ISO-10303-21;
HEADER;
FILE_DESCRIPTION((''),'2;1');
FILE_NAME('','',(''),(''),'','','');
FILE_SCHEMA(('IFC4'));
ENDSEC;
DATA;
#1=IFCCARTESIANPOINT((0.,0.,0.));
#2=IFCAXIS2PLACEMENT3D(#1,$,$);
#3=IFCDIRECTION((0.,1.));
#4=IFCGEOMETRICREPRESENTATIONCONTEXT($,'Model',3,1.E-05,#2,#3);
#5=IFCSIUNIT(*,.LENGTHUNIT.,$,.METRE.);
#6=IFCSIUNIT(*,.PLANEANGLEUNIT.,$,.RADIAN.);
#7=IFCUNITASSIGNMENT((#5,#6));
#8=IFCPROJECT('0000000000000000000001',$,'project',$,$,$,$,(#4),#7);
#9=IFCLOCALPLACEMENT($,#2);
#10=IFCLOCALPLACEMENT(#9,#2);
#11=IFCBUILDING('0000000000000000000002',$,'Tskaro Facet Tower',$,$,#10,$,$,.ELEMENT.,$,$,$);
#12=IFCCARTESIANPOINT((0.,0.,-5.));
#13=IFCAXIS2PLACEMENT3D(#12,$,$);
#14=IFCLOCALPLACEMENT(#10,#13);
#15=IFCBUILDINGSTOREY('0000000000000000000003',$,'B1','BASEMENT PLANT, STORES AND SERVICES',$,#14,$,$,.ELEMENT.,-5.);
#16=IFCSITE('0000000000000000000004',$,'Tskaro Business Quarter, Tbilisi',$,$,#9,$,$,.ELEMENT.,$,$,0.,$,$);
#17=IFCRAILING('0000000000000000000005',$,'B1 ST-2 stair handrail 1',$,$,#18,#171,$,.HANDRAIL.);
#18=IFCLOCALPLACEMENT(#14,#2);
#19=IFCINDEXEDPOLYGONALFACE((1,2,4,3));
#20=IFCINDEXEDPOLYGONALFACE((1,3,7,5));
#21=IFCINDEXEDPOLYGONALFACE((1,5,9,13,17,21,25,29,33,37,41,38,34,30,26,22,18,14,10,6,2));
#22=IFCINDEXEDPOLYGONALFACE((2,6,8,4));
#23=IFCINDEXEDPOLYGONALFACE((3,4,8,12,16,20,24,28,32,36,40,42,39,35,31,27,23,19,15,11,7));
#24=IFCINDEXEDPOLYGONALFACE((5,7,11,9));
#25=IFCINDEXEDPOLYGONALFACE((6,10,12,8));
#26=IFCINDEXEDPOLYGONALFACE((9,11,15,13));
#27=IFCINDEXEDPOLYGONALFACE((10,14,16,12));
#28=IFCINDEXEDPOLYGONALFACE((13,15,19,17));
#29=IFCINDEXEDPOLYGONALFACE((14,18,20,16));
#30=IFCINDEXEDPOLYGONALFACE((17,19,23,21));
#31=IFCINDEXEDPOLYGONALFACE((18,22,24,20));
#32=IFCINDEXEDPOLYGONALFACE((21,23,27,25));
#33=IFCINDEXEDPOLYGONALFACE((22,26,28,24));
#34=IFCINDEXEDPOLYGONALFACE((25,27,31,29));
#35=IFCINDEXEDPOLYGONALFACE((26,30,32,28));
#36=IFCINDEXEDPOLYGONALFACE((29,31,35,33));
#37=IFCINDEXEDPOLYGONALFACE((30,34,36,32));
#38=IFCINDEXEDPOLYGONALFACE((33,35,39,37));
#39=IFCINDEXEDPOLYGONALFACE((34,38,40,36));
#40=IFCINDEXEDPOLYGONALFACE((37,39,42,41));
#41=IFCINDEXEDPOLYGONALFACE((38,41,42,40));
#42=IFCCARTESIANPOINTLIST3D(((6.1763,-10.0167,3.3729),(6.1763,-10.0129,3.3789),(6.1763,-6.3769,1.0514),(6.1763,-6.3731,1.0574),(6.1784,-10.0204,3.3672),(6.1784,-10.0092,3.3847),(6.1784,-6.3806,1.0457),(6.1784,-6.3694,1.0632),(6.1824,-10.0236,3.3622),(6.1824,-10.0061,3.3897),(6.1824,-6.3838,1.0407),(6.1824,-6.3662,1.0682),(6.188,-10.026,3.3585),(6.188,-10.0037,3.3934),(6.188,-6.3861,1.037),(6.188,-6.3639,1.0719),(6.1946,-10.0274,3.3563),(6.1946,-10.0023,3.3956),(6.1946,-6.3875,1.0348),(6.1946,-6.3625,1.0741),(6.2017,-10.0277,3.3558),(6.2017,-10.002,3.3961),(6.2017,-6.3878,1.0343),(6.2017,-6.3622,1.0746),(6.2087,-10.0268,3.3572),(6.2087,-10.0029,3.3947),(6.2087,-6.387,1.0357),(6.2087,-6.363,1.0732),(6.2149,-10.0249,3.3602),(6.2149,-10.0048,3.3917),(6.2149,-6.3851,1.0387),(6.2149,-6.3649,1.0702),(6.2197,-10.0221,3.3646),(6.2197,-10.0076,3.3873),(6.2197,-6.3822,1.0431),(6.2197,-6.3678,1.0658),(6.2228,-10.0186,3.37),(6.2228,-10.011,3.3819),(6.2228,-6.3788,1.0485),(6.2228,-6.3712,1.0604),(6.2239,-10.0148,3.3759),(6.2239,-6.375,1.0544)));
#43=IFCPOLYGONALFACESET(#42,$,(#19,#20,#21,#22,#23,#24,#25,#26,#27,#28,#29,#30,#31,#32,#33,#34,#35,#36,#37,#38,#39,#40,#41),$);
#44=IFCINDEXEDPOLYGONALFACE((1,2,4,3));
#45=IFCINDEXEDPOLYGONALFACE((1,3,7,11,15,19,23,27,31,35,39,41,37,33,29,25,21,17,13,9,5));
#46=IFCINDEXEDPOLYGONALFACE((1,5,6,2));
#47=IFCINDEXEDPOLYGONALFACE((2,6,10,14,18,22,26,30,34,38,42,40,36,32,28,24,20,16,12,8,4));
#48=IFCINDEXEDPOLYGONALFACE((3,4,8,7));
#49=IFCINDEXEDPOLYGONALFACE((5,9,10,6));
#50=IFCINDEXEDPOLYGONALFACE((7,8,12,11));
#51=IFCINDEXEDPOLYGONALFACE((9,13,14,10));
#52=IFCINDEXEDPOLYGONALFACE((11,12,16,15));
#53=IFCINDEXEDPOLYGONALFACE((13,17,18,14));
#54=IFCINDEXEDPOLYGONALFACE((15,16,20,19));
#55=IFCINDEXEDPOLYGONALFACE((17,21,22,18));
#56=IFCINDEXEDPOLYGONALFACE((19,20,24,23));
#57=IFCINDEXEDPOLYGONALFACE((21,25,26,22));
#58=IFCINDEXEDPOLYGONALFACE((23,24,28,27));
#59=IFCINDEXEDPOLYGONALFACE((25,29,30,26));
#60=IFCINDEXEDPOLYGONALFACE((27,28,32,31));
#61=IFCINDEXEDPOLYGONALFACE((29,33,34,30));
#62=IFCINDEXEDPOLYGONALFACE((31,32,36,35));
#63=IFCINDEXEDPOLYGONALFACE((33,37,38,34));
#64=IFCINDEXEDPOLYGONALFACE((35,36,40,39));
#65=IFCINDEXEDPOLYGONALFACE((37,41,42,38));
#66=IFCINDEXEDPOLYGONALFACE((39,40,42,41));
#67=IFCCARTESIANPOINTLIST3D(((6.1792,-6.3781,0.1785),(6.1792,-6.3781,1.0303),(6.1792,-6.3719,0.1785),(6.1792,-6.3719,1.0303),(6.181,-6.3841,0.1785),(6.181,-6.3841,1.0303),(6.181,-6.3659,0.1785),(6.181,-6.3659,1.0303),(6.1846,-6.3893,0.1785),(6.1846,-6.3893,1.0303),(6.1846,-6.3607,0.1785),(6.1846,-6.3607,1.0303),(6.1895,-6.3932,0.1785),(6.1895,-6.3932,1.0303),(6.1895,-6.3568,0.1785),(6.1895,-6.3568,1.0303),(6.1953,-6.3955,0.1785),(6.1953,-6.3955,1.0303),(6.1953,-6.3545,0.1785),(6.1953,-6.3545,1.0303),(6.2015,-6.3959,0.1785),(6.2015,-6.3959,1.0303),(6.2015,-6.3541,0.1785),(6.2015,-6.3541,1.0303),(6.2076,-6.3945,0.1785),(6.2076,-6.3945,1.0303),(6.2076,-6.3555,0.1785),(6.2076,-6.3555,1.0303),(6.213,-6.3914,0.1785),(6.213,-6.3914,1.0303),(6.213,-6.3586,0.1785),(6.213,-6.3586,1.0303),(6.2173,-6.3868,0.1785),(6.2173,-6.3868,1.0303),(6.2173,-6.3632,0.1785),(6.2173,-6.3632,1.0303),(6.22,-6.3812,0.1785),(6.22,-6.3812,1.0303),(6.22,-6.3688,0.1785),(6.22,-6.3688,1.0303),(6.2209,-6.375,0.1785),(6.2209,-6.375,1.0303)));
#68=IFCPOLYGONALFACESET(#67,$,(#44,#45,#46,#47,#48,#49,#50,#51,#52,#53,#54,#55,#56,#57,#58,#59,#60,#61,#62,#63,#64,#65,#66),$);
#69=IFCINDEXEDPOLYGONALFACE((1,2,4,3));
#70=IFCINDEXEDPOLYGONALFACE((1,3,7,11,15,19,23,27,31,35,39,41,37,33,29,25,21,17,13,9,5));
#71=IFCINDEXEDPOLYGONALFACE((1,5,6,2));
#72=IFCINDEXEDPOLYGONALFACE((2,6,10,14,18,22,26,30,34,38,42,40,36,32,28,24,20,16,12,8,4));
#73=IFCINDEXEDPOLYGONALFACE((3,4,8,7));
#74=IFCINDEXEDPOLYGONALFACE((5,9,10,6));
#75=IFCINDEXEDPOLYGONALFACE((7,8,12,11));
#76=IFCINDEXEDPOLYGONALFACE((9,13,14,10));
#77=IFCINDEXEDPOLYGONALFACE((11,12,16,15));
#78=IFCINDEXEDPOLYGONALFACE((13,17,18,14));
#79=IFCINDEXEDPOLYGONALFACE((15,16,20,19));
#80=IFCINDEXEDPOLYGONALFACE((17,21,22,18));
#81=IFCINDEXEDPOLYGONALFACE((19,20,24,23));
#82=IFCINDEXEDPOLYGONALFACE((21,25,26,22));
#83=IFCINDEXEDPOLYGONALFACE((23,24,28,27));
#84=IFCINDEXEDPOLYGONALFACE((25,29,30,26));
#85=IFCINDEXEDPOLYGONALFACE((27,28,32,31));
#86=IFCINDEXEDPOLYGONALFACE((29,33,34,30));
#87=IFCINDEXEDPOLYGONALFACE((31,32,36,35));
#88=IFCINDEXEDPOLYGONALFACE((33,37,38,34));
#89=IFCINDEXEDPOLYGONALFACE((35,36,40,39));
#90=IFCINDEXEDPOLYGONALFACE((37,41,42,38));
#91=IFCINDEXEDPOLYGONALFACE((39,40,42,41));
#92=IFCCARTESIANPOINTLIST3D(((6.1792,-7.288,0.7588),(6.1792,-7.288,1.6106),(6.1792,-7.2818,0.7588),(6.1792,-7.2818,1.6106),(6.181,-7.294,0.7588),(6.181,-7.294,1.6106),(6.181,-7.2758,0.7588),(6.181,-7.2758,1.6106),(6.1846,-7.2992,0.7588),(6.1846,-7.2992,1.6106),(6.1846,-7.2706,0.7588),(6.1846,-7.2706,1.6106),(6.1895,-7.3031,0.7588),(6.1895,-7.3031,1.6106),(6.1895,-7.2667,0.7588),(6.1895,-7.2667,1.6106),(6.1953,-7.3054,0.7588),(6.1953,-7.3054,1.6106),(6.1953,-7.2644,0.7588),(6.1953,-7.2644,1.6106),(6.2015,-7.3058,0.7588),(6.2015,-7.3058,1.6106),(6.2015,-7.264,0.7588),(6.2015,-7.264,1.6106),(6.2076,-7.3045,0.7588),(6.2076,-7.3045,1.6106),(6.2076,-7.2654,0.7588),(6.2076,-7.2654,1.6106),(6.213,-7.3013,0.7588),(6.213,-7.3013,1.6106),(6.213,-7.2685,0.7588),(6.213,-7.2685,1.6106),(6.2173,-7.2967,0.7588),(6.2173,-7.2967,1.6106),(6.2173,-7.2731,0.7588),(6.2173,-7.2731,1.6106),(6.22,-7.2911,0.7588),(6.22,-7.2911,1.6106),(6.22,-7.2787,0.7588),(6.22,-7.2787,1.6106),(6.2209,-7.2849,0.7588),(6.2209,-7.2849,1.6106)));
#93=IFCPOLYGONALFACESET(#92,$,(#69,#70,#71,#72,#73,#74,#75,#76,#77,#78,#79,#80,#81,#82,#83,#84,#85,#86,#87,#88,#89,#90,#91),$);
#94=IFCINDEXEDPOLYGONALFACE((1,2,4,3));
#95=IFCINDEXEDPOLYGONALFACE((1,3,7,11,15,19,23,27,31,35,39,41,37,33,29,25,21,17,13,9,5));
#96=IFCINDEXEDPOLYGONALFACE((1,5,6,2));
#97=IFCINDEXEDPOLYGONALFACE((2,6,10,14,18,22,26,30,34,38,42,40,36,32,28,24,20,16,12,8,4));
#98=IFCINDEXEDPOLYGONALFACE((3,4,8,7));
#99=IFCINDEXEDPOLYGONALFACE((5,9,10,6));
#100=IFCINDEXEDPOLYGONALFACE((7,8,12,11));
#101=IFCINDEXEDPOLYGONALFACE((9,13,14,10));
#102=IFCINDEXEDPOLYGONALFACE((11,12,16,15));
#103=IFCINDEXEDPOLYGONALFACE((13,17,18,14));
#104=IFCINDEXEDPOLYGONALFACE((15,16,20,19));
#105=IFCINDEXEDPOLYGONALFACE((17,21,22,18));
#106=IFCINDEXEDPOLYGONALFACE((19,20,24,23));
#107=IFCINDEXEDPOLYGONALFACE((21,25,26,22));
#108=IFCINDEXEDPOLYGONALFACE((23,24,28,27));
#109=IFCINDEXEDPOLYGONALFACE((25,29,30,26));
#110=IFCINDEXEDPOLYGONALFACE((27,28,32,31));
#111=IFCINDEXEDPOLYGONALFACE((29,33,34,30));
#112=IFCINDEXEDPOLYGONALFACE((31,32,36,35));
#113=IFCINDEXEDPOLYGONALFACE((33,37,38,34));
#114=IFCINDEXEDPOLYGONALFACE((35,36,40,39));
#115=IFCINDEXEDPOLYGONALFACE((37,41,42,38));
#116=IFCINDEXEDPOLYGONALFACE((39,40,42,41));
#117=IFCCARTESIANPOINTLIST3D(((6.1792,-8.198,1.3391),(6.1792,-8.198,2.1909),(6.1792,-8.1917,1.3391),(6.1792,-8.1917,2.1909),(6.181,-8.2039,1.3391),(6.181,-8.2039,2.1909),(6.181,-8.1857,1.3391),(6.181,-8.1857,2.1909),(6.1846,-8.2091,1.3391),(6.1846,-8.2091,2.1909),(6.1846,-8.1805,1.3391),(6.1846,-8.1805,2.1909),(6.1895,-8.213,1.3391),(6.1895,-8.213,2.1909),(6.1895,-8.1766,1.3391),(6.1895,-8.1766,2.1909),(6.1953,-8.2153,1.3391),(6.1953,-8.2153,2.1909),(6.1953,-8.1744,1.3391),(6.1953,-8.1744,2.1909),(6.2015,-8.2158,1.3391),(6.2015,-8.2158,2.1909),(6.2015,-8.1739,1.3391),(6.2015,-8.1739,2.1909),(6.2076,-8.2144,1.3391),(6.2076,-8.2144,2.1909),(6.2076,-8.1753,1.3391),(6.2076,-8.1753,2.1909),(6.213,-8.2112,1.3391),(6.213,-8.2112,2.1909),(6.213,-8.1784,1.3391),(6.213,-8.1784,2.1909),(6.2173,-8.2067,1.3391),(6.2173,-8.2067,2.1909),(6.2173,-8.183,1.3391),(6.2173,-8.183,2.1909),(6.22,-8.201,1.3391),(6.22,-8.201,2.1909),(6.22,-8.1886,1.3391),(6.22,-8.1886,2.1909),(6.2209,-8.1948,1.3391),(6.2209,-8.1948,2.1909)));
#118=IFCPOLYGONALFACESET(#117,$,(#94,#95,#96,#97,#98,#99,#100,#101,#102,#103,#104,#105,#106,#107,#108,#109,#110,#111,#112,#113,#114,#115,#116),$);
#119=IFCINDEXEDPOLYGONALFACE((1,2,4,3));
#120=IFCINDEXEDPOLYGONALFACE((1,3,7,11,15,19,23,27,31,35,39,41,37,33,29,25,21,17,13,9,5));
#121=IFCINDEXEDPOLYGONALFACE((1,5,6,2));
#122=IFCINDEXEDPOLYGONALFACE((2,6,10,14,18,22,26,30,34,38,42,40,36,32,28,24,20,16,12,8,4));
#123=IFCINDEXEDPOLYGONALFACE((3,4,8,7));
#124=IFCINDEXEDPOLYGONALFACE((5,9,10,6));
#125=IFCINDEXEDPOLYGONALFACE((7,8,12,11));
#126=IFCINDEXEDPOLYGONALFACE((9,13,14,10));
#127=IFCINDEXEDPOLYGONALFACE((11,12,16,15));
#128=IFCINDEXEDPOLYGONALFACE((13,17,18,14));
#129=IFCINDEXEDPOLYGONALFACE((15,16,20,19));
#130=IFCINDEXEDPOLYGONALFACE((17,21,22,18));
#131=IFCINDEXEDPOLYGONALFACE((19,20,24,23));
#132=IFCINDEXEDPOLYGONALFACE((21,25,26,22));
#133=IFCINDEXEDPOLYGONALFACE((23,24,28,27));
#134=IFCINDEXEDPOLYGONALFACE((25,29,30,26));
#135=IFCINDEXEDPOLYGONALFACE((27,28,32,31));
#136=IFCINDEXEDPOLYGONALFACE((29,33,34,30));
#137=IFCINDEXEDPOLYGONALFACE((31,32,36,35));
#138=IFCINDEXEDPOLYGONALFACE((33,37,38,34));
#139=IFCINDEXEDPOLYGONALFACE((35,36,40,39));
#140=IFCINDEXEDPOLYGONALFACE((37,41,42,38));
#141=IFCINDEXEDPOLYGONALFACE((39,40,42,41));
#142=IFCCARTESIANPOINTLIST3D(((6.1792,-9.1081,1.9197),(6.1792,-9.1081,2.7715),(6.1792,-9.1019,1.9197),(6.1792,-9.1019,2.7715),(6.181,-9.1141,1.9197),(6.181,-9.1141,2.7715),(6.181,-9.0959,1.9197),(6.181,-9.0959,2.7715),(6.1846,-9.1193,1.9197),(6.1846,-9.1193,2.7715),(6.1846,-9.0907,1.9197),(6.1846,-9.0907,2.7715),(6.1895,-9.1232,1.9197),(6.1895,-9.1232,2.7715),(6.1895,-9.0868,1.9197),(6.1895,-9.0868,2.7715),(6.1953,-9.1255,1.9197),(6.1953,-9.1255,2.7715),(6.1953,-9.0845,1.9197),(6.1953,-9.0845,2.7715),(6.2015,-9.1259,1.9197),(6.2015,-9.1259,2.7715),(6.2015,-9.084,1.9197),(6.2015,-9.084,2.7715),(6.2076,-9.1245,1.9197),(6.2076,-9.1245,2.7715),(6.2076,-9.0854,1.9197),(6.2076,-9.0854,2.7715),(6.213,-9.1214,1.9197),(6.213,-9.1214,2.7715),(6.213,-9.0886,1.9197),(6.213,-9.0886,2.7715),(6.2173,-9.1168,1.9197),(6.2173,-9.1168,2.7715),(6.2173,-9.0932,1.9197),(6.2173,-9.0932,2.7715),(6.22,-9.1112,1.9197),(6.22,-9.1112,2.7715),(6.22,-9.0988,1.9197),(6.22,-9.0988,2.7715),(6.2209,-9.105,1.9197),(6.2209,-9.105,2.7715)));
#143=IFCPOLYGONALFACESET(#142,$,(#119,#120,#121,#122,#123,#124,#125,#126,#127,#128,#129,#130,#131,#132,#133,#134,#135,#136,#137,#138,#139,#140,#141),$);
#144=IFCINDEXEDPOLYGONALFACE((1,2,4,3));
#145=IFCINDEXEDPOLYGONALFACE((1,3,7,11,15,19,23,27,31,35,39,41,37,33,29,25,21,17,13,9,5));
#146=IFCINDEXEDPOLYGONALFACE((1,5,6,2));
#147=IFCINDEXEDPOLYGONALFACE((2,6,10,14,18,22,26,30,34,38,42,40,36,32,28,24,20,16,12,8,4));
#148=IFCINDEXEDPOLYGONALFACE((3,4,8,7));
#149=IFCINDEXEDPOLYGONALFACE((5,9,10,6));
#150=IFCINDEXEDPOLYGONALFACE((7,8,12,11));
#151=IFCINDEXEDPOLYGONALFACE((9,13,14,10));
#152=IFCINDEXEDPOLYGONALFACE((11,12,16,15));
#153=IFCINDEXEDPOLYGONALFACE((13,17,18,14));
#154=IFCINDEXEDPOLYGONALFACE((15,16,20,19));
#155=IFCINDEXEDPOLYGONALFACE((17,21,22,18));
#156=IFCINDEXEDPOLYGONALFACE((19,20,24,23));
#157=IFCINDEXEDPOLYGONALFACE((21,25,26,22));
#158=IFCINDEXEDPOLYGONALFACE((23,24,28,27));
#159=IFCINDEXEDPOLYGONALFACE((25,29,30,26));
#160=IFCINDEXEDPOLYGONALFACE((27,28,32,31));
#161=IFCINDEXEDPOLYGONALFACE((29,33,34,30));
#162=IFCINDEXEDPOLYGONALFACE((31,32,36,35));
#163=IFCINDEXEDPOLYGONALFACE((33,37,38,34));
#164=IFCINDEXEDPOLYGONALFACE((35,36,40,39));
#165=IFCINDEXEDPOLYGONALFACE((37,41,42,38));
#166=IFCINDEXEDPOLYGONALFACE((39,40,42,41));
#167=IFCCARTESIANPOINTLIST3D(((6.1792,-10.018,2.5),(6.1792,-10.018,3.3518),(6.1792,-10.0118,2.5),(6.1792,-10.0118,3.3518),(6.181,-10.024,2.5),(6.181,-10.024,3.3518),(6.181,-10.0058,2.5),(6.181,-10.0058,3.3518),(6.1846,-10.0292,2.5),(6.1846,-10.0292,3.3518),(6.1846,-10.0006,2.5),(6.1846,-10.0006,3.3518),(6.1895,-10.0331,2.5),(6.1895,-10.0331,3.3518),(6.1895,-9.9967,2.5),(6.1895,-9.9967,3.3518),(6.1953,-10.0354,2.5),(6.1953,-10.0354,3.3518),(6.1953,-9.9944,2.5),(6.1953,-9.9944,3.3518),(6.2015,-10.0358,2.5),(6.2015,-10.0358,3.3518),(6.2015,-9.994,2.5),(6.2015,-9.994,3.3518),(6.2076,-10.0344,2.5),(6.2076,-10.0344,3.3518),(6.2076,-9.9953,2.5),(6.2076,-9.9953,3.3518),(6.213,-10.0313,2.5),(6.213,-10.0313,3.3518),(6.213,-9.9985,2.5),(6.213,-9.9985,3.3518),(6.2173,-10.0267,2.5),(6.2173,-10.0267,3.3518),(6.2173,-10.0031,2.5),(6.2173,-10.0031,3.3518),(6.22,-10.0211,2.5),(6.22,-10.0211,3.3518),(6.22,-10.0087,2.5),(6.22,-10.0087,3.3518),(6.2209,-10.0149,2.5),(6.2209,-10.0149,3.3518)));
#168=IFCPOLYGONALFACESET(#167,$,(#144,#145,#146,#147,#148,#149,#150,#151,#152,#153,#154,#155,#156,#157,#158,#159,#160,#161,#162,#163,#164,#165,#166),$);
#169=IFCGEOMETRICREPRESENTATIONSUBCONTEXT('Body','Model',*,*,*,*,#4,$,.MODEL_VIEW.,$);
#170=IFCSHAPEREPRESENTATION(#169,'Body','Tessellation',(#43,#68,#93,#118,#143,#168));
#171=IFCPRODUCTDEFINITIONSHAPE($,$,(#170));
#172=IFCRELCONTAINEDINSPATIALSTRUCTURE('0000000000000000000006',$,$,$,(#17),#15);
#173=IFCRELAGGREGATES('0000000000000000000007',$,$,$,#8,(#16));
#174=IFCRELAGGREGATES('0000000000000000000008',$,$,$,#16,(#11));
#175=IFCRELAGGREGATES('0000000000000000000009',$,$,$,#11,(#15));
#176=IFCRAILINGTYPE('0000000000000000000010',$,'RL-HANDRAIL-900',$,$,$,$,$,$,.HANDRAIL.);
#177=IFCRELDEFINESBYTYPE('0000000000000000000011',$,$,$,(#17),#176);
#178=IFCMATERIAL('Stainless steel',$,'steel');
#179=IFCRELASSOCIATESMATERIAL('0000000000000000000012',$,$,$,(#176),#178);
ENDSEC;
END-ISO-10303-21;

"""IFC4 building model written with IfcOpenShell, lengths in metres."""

from ifc_helpers import new_model, si_unit, direction, frame, origin, origin_2d, place, context, subcontext, project, spatial, circle, extrude, material, type_object, element, save


model = new_model("IFC4")

# Units and contexts
model_context = context("Model", 3, precision=1e-05, world=origin(), true_north=direction((0.0, 1.0)))
body_context = subcontext(model_context, "Body", "Model", "MODEL_VIEW")
ifc_project = project(units=[si_unit("LENGTHUNIT", "METRE"), si_unit("PLANEANGLEUNIT", "RADIAN")], contexts=[model_context])

# Site, building, storey
site_placement = place(None, origin())
site = spatial("IfcSite", under=ifc_project, at=site_placement, Name="Tskaro Business Quarter, Tbilisi", CompositionType="ELEMENT", RefElevation=0.0)
building_placement = place(site_placement, origin())
building = spatial("IfcBuilding", under=site, at=building_placement, Name="Tskaro Facet Tower", CompositionType="ELEMENT")
storey_placement = place(building_placement, frame((0.0, 0.0, -5.0)))
storey = spatial("IfcBuildingStorey", under=building, at=storey_placement, Name="B1", Description="BASEMENT PLANT, STORES AND SERVICES", CompositionType="ELEMENT", Elevation=-5.0)

# Railing
ifc_material_1 = material(Name="Stainless steel", Category="steel")
railing_type_1 = type_object("IfcRailingType", Name="RL-HANDRAIL-900", PredefinedType="HANDRAIL", material=ifc_material_1)
railing_1_placement = place(storey_placement, frame((6.2, -6.375, 0.1785)))
element("IfcRailing", 1, at=railing_1_placement, inside=storey, type_object=railing_type_1, Name="B1 ST-2 stair handrail 1", PredefinedType="HANDRAIL", context=body_context, shape_type="SweptSolid", body=[
    extrude(circle(Radius=0.0239, at=origin_2d()), frame((0.0, 0.0, 0.876), z_axis=(0.0, -0.843112, 0.537739), x_axis=(1.0, 0.0, 0.0)), (0.0, 0.0, 1.0), 4.3171),
    extrude(circle(Radius=0.021, at=origin_2d()), origin(), (0.0, 0.0, 1.0), 0.8518),
    extrude(circle(Radius=0.021, at=origin_2d()), frame((0.0, -0.9099, 0.5803)), (0.0, 0.0, 1.0), 0.8518),
    extrude(circle(Radius=0.021, at=origin_2d()), frame((0.0, -1.8198, 1.1606)), (0.0, 0.0, 1.0), 0.8518),
    extrude(circle(Radius=0.021, at=origin_2d()), frame((0.0, -2.73, 1.7412)), (0.0, 0.0, 1.0), 0.8518),
    extrude(circle(Radius=0.021, at=origin_2d()), frame((0.0, -3.6399, 2.3215)), (0.0, 0.0, 1.0), 0.8518),
])

save(model, "model.ifc")
